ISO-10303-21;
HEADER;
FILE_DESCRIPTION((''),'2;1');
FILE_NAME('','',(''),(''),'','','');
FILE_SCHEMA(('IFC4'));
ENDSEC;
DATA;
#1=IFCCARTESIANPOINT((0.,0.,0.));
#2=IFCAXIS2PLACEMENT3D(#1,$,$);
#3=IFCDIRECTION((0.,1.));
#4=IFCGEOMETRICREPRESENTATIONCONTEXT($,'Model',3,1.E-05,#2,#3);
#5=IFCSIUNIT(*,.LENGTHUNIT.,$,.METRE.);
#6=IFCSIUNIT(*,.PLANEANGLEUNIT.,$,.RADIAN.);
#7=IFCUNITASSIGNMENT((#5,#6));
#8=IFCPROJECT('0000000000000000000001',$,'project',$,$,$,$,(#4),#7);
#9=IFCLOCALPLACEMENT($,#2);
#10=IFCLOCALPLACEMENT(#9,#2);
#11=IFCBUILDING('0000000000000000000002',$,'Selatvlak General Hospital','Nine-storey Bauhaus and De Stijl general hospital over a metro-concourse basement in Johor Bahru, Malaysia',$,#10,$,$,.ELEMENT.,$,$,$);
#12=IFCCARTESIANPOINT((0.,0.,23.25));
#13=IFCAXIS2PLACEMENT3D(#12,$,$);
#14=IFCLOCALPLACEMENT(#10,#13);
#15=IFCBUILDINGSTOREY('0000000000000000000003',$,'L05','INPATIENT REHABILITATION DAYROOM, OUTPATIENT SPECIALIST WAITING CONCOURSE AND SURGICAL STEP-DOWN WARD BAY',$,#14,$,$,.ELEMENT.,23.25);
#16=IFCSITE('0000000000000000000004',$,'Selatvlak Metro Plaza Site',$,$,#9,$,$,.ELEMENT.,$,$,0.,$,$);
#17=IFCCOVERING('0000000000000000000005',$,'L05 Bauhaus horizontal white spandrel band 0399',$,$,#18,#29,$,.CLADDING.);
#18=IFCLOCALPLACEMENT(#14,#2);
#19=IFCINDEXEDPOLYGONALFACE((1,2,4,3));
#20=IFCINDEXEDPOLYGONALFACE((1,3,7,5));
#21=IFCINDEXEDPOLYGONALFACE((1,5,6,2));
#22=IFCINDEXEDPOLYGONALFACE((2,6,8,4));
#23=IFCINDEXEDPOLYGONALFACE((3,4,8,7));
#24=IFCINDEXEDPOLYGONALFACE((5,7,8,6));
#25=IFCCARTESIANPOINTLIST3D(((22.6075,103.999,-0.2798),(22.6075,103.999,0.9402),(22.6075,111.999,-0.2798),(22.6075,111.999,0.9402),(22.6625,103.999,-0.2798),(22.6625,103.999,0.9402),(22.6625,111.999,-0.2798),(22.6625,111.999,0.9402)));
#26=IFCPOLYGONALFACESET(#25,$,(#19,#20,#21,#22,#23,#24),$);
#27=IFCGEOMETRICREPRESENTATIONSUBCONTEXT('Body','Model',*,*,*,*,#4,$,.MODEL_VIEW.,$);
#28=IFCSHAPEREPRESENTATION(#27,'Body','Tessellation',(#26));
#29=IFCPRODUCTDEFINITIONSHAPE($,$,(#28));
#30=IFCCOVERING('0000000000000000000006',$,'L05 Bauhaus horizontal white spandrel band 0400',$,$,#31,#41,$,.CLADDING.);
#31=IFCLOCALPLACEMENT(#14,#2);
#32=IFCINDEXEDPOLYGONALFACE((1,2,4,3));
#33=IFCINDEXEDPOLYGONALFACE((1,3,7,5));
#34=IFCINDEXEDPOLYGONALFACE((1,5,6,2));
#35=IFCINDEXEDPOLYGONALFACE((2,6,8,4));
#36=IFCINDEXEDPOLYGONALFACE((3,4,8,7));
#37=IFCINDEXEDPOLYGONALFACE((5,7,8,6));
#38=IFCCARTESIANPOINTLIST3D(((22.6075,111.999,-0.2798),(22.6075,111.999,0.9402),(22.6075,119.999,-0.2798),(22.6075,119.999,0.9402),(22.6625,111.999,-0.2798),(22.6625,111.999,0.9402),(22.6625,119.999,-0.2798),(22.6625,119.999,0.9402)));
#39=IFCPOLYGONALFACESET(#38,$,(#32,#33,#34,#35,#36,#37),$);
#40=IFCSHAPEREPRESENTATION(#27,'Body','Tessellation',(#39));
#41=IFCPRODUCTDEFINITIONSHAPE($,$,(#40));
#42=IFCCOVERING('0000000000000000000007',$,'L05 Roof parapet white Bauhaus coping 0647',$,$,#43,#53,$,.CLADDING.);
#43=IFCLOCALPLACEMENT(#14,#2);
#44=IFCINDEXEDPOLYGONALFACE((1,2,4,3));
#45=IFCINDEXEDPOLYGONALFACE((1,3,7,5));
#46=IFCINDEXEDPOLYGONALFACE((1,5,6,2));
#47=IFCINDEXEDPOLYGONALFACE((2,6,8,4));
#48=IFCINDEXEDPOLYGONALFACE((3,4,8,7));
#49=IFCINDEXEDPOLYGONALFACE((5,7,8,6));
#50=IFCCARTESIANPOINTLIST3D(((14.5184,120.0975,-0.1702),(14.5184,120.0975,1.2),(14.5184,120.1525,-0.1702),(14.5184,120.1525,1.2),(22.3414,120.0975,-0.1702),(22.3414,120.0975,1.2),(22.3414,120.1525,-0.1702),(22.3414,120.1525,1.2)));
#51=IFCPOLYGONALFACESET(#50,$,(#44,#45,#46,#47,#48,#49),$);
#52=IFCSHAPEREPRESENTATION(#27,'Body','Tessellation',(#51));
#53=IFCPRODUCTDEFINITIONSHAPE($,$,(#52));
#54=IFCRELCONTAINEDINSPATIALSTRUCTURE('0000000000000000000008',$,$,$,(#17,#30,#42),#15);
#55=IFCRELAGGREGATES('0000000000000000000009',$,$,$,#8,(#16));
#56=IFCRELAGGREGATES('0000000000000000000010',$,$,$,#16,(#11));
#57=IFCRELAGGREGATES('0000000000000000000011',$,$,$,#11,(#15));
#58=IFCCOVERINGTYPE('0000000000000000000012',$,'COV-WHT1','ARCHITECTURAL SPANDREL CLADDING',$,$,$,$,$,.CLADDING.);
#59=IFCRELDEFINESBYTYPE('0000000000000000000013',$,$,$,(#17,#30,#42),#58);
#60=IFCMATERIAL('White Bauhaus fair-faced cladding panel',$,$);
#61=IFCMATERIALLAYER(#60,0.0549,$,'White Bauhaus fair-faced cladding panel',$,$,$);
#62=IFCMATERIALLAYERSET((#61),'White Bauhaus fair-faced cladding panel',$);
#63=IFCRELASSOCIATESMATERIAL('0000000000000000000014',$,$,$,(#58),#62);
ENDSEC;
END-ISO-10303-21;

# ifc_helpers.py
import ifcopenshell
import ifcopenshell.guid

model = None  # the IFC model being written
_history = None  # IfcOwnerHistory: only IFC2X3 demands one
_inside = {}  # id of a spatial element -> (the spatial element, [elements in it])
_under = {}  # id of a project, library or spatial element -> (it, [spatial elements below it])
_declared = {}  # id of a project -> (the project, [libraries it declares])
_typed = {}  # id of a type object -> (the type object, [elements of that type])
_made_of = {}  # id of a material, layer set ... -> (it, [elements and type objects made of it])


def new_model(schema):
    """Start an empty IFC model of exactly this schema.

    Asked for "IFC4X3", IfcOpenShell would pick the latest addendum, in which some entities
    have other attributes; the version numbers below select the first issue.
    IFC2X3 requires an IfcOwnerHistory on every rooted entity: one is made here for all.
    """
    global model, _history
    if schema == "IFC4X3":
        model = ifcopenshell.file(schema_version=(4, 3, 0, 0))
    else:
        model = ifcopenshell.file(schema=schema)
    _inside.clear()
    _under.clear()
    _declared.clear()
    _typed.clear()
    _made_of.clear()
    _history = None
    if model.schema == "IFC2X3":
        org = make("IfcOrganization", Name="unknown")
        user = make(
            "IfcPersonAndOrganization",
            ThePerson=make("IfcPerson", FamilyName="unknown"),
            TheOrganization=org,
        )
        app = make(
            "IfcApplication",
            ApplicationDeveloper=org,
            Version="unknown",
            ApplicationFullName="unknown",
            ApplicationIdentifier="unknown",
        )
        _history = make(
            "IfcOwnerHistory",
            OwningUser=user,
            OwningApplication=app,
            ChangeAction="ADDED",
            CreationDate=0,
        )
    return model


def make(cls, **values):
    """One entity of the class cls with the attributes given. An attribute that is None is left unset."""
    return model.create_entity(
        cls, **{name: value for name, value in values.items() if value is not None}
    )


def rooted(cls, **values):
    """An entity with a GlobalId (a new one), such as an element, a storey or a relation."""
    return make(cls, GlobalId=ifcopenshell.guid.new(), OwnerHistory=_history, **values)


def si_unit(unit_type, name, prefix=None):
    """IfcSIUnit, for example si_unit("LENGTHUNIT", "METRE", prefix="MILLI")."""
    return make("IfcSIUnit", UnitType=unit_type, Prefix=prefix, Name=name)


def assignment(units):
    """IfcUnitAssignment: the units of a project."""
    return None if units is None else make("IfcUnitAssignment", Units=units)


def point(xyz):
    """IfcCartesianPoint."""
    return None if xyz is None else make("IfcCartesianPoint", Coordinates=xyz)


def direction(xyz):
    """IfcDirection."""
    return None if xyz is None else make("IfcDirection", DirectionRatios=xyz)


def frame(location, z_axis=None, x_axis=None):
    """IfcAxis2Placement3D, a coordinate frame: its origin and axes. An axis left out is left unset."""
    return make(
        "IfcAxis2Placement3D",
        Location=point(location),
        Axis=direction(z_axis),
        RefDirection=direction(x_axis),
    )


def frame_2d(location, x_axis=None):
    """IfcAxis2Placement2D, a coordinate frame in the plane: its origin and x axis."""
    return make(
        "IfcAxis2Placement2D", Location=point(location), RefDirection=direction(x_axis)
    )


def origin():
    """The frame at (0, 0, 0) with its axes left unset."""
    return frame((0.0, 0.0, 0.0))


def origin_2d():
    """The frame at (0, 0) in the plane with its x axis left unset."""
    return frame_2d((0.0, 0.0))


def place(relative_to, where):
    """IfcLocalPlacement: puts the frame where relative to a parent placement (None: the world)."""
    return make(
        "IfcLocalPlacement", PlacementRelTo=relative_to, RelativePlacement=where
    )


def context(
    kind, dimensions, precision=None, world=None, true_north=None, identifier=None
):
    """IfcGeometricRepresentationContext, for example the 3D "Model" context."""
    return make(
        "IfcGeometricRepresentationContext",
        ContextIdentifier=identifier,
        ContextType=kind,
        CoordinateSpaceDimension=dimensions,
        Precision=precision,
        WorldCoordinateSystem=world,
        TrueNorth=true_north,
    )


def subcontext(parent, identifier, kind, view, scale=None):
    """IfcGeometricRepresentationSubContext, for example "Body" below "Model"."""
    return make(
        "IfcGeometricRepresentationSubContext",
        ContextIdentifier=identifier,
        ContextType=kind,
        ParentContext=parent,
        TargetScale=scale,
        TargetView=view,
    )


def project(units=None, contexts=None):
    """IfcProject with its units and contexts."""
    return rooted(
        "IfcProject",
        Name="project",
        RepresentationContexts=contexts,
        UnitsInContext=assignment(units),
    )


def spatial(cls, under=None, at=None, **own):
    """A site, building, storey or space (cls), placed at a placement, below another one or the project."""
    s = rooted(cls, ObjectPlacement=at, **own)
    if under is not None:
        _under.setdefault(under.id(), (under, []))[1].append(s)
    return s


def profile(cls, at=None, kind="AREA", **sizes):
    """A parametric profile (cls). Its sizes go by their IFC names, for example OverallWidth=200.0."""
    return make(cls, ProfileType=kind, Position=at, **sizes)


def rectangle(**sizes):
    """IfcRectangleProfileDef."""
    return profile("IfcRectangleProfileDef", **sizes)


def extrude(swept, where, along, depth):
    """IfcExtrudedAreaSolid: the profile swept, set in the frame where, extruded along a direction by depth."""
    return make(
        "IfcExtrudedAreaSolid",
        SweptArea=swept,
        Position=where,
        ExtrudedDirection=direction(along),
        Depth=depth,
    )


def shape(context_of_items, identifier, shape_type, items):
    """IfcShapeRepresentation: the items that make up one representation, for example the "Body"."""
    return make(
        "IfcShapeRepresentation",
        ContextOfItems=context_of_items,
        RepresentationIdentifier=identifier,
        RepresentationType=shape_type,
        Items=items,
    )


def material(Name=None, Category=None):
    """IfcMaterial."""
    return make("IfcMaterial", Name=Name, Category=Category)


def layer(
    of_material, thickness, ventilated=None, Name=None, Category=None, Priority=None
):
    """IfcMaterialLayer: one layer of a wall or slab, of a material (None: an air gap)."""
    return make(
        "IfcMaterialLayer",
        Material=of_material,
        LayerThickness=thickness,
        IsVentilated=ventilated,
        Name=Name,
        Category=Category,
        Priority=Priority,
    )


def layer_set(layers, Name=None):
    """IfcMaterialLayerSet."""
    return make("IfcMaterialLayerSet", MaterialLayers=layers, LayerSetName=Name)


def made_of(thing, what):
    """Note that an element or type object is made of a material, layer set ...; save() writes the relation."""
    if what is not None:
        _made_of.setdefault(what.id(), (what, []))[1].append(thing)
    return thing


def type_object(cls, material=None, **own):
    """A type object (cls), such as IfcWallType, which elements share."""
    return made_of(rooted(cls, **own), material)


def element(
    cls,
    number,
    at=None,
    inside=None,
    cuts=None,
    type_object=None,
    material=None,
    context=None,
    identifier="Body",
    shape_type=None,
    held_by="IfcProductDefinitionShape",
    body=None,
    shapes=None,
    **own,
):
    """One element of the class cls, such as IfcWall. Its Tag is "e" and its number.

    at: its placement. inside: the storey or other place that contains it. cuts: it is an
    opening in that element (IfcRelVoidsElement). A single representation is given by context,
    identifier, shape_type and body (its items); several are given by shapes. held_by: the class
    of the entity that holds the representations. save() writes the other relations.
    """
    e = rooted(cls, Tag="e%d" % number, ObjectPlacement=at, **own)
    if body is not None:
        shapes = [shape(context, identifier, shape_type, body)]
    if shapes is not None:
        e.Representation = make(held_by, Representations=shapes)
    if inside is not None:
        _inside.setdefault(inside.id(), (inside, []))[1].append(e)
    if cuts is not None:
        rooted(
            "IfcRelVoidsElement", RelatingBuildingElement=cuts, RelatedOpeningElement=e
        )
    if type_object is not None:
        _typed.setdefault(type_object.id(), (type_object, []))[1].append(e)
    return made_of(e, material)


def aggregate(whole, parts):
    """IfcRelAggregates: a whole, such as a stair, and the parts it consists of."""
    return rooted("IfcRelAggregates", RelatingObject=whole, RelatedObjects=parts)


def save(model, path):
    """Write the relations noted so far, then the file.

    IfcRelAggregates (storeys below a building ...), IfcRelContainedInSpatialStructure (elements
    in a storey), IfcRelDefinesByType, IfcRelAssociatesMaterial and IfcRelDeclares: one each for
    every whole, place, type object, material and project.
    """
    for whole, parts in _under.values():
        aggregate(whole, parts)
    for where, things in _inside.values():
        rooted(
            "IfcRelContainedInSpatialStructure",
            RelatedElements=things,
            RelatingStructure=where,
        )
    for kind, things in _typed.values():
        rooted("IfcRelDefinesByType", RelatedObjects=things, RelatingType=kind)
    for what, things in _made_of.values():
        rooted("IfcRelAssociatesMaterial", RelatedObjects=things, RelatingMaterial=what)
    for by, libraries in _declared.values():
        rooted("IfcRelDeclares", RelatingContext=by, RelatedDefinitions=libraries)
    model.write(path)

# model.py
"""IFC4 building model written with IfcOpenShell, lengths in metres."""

from ifc_helpers import new_model, si_unit, direction, frame, origin, origin_2d, place, context, subcontext, project, spatial, rectangle, extrude, material, layer, layer_set, type_object, element, save


model = new_model("IFC4")

# Units and contexts
model_context = context("Model", 3, precision=1e-05, world=origin(), true_north=direction((0.0, 1.0)))
body_context = subcontext(model_context, "Body", "Model", "MODEL_VIEW")
ifc_project = project(units=[si_unit("LENGTHUNIT", "METRE"), si_unit("PLANEANGLEUNIT", "RADIAN")], contexts=[model_context])

# Site, building, storey
site_placement = place(None, origin())
site = spatial("IfcSite", under=ifc_project, at=site_placement, Name="Selatvlak Metro Plaza Site", CompositionType="ELEMENT", RefElevation=0.0)
building_placement = place(site_placement, origin())
building = spatial("IfcBuilding", under=site, at=building_placement, Name="Selatvlak General Hospital", Description="Nine-storey Bauhaus and De Stijl general hospital over a metro-concourse basement in Johor Bahru, Malaysia", CompositionType="ELEMENT")
storey_placement = place(building_placement, frame((0.0, 0.0, 23.25)))
storey = spatial("IfcBuildingStorey", under=building, at=storey_placement, Name="L05", Description="INPATIENT REHABILITATION DAYROOM, OUTPATIENT SPECIALIST WAITING CONCOURSE AND SURGICAL STEP-DOWN WARD BAY", CompositionType="ELEMENT", Elevation=23.25)

# Coverings
ifc_material_1 = material(Name="White Bauhaus fair-faced cladding panel")
ifc_layer_1 = layer(ifc_material_1, 0.0549, Name="White Bauhaus fair-faced cladding panel")
ifc_layer_set_1 = layer_set([ifc_layer_1], Name="White Bauhaus fair-faced cladding panel")
covering_type = type_object("IfcCoveringType", Name="COV-WHT1", Description="ARCHITECTURAL SPANDREL CLADDING", PredefinedType="CLADDING", material=ifc_layer_set_1)
for number, where, z_axis, x_axis, name in (
    (1, (22.635, 107.999, -0.2798), (0.0, 0.0, 1.0), (0.0, 1.0, 0.0), "L05 Bauhaus horizontal white spandrel band 0399"),
    (2, (22.635, 115.999, -0.2798), (0.0, 0.0, 1.0), (0.0, 1.0, 0.0), "L05 Bauhaus horizontal white spandrel band 0400"),
):
    element("IfcCovering", number, at=place(storey_placement, frame(where, z_axis=z_axis, x_axis=x_axis)), inside=storey, type_object=covering_type, Name=name, PredefinedType="CLADDING", context=body_context, shape_type="SweptSolid", body=[
        extrude(rectangle(XDim=8.0, YDim=0.0549, at=origin_2d()), origin(), (0.0, 0.0, 1.0), 1.22),
    ])
covering_placement = place(storey_placement, frame((18.4299, 120.125, -0.1702), z_axis=(0.0, 0.0, 1.0), x_axis=(1.0, 0.0, 0.0)))
element("IfcCovering", 3, at=covering_placement, inside=storey, type_object=covering_type, Name="L05 Roof parapet white Bauhaus coping 0647", PredefinedType="CLADDING", context=body_context, shape_type="SweptSolid", body=[
    extrude(rectangle(XDim=7.823, YDim=0.0549, at=origin_2d()), origin(), (0.0, 0.0, 1.0), 1.3701),
])

save(model, "model.ifc")
